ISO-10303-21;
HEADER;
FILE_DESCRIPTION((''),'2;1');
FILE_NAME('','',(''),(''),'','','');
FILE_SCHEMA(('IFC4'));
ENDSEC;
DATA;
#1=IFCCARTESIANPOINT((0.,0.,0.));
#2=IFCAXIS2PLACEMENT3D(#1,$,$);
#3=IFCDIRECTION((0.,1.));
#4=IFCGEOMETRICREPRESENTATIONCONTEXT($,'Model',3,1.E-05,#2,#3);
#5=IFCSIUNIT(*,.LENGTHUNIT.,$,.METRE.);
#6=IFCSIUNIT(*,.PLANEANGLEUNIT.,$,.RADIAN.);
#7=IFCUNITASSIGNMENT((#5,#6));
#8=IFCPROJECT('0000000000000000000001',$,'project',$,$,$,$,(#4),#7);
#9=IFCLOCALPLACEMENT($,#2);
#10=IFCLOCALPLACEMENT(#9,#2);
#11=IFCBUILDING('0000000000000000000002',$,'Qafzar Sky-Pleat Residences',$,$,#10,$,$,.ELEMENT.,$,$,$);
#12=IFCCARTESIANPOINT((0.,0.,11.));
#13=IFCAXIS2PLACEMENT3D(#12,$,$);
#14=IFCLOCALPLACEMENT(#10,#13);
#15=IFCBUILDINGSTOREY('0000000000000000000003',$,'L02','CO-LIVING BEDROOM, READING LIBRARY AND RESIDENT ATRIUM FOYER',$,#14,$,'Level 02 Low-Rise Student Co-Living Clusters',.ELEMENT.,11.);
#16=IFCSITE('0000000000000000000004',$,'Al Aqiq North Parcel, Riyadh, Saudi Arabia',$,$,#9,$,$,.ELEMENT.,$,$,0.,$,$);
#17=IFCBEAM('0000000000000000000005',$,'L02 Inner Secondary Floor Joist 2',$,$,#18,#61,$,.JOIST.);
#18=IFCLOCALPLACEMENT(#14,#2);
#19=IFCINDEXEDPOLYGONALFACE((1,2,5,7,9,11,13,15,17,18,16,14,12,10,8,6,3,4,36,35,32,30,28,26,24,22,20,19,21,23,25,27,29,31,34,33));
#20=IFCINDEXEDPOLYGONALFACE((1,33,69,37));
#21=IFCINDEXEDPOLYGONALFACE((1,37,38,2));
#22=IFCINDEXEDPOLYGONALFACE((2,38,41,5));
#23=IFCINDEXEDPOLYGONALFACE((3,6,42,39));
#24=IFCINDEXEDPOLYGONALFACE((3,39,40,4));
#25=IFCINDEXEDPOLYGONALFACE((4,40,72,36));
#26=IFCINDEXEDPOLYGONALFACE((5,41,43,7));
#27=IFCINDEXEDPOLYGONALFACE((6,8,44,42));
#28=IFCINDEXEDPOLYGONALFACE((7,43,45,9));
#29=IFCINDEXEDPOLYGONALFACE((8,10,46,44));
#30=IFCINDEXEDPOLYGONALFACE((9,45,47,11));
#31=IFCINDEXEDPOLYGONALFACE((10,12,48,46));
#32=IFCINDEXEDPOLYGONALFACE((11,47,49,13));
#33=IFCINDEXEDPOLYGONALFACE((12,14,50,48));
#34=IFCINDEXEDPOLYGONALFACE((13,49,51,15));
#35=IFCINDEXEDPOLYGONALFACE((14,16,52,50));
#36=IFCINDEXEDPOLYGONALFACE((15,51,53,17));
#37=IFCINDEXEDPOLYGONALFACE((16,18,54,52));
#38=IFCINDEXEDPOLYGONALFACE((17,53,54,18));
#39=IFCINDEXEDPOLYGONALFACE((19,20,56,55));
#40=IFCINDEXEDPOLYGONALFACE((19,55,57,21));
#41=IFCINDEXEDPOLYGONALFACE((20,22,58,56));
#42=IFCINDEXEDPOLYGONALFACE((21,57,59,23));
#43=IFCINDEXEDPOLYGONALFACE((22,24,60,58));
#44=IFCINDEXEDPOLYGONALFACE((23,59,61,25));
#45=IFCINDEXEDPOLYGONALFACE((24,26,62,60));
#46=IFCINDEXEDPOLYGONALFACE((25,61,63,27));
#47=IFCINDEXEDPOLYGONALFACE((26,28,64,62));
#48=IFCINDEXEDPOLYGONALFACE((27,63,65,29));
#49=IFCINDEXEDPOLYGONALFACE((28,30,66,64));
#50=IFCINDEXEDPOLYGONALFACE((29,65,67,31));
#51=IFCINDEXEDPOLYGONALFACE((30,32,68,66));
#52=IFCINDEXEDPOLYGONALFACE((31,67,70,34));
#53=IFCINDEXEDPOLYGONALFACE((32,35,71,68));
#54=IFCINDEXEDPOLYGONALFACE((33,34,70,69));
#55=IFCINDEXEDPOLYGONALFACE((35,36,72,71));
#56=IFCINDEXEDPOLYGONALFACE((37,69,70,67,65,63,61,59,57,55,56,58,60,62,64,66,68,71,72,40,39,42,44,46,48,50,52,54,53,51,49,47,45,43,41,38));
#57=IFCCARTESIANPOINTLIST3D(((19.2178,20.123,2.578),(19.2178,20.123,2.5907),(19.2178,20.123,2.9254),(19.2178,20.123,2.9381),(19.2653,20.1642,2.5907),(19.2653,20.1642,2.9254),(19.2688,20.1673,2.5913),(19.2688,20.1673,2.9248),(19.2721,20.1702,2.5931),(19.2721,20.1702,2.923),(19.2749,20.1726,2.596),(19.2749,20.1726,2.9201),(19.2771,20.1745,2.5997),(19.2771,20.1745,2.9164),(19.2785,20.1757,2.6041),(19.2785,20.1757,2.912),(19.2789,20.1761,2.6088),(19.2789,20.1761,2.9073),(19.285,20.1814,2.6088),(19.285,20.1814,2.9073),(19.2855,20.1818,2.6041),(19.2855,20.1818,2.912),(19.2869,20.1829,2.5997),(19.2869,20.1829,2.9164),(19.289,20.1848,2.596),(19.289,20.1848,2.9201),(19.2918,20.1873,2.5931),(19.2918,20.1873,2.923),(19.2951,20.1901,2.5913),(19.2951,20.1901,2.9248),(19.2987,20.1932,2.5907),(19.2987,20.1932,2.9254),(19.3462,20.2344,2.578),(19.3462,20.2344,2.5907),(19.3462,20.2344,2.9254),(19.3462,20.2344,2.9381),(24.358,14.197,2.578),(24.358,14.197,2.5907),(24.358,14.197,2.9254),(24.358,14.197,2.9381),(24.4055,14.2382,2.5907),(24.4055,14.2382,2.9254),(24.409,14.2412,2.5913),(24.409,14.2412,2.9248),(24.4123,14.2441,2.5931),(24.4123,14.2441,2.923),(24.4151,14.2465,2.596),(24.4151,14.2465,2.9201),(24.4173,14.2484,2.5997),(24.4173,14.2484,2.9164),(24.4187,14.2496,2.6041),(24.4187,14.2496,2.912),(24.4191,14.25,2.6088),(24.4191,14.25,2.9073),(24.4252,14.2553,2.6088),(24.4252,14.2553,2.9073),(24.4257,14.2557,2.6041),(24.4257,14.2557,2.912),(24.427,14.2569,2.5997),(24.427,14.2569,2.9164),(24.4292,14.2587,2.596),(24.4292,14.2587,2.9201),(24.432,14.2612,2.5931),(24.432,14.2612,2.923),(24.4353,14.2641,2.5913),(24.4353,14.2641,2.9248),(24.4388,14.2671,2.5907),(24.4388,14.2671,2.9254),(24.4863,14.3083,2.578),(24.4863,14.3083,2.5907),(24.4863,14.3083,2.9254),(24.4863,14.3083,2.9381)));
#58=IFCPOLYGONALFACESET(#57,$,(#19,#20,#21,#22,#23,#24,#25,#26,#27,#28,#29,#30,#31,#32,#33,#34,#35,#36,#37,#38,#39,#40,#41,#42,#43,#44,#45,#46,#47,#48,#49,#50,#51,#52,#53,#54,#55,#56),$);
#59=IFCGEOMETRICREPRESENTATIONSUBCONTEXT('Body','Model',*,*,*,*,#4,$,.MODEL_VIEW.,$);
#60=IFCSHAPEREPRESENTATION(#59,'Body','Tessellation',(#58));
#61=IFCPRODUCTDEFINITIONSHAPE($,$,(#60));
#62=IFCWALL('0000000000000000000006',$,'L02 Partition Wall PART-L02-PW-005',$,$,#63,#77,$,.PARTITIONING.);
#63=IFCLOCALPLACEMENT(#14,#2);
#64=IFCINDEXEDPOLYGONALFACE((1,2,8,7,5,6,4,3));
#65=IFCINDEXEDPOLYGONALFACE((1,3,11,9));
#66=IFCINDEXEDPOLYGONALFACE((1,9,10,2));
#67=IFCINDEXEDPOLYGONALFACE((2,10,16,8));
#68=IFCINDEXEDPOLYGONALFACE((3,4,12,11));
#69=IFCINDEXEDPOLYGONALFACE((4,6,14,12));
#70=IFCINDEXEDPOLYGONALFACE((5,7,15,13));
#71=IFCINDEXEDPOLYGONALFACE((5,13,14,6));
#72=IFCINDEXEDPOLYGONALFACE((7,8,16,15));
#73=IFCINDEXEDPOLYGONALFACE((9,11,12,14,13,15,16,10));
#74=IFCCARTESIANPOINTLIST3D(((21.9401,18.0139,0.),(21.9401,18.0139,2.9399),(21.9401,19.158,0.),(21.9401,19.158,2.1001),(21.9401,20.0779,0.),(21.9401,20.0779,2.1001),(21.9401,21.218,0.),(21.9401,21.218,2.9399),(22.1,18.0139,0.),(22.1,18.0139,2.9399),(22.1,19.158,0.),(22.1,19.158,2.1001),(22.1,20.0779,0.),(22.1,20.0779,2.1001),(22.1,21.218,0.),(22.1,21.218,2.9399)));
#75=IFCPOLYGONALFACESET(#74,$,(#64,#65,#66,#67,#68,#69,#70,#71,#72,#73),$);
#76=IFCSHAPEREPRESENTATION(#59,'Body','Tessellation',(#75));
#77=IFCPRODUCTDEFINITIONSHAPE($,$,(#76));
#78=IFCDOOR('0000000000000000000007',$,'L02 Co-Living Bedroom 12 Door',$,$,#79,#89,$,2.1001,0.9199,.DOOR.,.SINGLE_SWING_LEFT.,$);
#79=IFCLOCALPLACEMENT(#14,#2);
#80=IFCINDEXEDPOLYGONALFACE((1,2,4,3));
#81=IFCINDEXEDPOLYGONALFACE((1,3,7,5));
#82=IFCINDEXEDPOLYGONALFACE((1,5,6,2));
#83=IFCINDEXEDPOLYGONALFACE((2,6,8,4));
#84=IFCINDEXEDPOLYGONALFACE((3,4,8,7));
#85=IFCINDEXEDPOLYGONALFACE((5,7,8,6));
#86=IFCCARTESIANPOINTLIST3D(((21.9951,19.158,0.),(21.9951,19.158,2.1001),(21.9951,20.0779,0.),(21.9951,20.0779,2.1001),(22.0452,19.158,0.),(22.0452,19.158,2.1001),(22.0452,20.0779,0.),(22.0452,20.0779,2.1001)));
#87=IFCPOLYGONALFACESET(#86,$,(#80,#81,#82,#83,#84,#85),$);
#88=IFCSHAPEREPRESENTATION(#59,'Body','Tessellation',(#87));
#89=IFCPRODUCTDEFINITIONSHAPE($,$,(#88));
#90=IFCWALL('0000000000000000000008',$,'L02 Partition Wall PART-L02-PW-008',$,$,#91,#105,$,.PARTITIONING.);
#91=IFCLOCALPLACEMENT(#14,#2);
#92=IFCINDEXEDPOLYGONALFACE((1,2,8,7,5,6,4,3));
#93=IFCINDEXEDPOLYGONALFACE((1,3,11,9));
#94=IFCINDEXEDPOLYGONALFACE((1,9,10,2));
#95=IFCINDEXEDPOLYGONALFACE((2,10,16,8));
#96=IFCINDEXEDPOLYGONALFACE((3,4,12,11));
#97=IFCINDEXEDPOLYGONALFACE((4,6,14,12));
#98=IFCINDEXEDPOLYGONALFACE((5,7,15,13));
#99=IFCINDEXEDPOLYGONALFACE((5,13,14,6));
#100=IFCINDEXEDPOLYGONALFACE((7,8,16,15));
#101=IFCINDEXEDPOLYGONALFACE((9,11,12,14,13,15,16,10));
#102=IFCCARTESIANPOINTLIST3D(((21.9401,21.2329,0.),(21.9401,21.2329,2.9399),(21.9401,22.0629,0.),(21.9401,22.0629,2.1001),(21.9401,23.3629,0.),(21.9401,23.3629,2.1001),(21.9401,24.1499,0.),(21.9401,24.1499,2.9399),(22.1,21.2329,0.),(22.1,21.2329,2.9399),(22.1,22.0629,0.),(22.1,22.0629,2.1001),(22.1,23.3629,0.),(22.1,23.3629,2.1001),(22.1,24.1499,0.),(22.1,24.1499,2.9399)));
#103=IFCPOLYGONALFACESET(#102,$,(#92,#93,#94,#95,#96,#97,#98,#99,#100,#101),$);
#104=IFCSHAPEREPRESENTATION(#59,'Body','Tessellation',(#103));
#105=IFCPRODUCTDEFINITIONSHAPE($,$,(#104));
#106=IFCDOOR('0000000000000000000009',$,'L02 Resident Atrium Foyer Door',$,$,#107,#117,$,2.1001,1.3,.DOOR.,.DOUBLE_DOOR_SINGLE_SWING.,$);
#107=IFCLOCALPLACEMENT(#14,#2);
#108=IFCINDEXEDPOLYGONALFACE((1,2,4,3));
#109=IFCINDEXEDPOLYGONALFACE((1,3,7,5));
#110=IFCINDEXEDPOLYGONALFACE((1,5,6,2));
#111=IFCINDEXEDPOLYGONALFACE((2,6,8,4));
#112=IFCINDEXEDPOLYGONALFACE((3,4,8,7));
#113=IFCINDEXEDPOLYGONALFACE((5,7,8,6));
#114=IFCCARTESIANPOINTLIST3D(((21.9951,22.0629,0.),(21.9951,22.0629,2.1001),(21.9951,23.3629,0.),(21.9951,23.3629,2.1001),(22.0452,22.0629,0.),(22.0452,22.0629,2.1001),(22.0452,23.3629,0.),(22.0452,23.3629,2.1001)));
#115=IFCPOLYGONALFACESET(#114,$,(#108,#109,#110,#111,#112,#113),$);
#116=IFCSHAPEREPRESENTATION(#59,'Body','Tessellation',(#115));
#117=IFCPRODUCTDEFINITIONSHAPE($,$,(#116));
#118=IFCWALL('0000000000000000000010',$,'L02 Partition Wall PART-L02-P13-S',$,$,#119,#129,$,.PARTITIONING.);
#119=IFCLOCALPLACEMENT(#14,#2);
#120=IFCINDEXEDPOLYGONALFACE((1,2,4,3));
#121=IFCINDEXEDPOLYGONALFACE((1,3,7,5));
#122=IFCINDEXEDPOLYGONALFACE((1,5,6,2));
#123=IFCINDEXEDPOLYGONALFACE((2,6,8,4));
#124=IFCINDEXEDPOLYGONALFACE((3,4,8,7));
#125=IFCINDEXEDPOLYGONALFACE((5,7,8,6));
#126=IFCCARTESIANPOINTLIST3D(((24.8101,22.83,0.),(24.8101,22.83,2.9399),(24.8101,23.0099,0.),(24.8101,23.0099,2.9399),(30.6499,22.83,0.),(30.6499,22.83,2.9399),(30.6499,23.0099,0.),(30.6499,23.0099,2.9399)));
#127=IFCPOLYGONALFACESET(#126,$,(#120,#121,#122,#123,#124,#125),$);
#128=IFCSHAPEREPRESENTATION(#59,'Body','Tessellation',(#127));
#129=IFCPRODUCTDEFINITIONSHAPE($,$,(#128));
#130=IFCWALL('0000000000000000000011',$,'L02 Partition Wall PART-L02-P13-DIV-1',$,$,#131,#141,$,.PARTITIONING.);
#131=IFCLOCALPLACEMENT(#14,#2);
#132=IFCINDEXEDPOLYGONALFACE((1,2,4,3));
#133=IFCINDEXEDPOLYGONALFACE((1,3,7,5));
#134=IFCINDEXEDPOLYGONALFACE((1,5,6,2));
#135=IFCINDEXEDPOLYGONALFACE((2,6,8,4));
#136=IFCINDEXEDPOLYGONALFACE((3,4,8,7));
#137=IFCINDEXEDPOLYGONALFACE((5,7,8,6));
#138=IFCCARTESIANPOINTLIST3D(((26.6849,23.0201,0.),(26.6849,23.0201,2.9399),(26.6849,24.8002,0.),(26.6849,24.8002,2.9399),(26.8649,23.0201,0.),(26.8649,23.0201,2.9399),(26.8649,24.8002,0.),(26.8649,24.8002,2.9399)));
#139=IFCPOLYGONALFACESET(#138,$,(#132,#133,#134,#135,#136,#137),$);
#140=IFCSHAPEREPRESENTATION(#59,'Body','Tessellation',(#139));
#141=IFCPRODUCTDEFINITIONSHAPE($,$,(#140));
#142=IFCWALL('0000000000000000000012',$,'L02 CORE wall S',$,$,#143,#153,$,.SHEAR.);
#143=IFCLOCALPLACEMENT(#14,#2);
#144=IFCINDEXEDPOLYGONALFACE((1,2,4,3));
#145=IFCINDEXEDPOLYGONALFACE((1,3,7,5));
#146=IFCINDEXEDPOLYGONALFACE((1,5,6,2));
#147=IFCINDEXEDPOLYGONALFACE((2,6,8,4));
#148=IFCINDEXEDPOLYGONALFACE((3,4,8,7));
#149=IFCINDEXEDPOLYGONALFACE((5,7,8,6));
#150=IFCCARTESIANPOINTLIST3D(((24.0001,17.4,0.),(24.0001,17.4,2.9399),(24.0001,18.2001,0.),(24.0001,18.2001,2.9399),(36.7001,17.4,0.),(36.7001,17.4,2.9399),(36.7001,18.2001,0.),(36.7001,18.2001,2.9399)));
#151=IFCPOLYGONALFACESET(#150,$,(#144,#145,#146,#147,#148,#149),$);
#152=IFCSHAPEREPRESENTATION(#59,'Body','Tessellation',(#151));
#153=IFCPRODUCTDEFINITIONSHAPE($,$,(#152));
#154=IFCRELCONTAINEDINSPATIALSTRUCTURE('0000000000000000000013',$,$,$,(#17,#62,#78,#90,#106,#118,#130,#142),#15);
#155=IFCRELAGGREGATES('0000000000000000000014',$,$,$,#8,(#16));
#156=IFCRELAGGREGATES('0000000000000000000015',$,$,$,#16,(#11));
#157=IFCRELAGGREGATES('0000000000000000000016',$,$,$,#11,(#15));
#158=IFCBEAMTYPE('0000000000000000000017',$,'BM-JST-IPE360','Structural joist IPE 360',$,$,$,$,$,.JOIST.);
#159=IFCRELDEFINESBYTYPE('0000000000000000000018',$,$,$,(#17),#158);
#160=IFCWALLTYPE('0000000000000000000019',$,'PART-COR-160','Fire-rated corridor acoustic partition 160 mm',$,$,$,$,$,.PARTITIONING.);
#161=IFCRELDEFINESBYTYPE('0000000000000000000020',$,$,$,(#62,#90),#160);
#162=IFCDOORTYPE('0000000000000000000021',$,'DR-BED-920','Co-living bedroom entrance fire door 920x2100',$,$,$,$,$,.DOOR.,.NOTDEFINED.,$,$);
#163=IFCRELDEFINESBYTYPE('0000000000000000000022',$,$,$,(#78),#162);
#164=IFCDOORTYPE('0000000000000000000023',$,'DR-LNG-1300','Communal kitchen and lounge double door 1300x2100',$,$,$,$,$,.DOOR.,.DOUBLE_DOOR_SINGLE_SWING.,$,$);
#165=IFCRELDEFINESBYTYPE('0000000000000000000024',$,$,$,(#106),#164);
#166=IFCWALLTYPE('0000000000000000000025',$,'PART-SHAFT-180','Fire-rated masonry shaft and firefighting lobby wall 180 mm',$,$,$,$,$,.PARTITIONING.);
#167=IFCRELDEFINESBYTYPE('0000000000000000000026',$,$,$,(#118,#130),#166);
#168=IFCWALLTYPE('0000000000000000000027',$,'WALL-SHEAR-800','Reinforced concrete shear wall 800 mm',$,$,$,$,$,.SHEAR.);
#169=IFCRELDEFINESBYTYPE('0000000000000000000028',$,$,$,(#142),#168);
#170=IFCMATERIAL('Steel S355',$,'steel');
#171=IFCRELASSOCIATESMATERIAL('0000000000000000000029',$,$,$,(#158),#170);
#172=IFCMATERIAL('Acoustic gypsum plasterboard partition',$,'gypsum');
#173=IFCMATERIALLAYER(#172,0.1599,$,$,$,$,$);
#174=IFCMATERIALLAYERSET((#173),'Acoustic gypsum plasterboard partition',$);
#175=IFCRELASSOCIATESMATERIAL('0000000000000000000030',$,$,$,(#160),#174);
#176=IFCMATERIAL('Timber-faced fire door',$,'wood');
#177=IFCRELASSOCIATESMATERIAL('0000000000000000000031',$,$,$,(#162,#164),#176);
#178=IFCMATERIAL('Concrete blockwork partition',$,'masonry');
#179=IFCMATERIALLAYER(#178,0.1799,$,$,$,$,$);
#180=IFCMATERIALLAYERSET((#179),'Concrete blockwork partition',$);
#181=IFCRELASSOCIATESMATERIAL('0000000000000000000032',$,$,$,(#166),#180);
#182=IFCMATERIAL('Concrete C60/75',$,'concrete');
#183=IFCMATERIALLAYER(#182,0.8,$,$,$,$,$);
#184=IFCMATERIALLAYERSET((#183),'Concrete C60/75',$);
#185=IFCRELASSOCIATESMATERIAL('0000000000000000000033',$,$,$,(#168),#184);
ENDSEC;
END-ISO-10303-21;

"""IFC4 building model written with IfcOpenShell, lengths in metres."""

from ifc_helpers import new_model, si_unit, direction, frame, frame_2d, origin, origin_2d, place, context, subcontext, project, spatial, rectangle, i_section, extrude, source, transform, mapped, material, layer, layer_set, material_profile, profile_set, type_object, element, fill, save


model = new_model("IFC4")

# Units and contexts
model_context = context("Model", 3, precision=1e-05, world=origin(), true_north=direction((0.0, 1.0)))
body_context = subcontext(model_context, "Body", "Model", "MODEL_VIEW")
ifc_project = project(units=[si_unit("LENGTHUNIT", "METRE"), si_unit("PLANEANGLEUNIT", "RADIAN")], contexts=[model_context])

# Site, building, storey
site_placement = place(None, origin())
site = spatial("IfcSite", under=ifc_project, at=site_placement, Name="Al Aqiq North Parcel, Riyadh, Saudi Arabia", CompositionType="ELEMENT", RefElevation=0.0)
building_placement = place(site_placement, origin())
building = spatial("IfcBuilding", under=site, at=building_placement, Name="Qafzar Sky-Pleat Residences", CompositionType="ELEMENT")
storey_placement = place(building_placement, frame((0.0, 0.0, 11.0)))
storey = spatial("IfcBuildingStorey", under=building, at=storey_placement, Name="L02", Description="CO-LIVING BEDROOM, READING LIBRARY AND RESIDENT ATRIUM FOYER", LongName="Level 02 Low-Rise Student Co-Living Clusters", CompositionType="ELEMENT", Elevation=11.0)

# Beam
ifc_material_1 = material(Name="Steel S355", Category="steel")
ifc_material_profile = material_profile(ifc_material_1, i_section(OverallWidth=0.1699, OverallDepth=0.3601, WebThickness=0.0081, FlangeThickness=0.0127, FilletRadius=0.0181, at=origin_2d()), Name="IPE 360")
ifc_profile_set = profile_set([ifc_material_profile], Name="Steel S355")
beam_type = type_object("IfcBeamType", Name="BM-JST-IPE360", Description="Structural joist IPE 360", PredefinedType="JOIST", material=ifc_profile_set)
shared_shape_1 = source(origin(), body_context, "Body", "SweptSolid", [
    extrude(i_section(OverallWidth=0.1699, OverallDepth=0.3601, WebThickness=0.0081, FlangeThickness=0.0127, FilletRadius=0.0181, at=origin_2d()), origin(), (0.0, 0.0, 1.0), 7.8447),
])
beam_placement = place(storey_placement, frame((19.282, 20.1787, 2.7581), z_axis=(0.65524, -0.755421, 0.0), x_axis=(0.755421, 0.65524, 0.0)))
element("IfcBeam", 1, at=beam_placement, inside=storey, type_object=beam_type, Name="L02 Inner Secondary Floor Joist 2", PredefinedType="JOIST", context=body_context, shape_type="MappedRepresentation", body=[
    mapped(shared_shape_1, transform((0.0, 0.0, 0.0), x_axis=(1.0, 0.0, 0.0), y_axis=(0.0, 1.0, 0.0), z_axis=(0.0, 0.0, 1.0), scale=1.0)),
])

# Walls, openings, doors
ifc_material_2 = material(Name="Acoustic gypsum plasterboard partition", Category="gypsum")
ifc_layer_1 = layer(ifc_material_2, 0.1599)
ifc_layer_set_1 = layer_set([ifc_layer_1], Name="Acoustic gypsum plasterboard partition")
wall_type_1 = type_object("IfcWallType", Name="PART-COR-160", Description="Fire-rated corridor acoustic partition 160 mm", PredefinedType="PARTITIONING", material=ifc_layer_set_1)
wall_1_placement = place(storey_placement, frame((22.02, 18.0139, 0.0), z_axis=(0.0, 0.0, 1.0), x_axis=(0.0, 1.0, 0.0)))
wall_1 = element("IfcWall", 2, at=wall_1_placement, inside=storey, type_object=wall_type_1, Name="L02 Partition Wall PART-L02-PW-005", PredefinedType="PARTITIONING", context=body_context, shape_type="SweptSolid", body=[
    extrude(rectangle(XDim=3.2041, YDim=0.1599, at=frame_2d((1.6021, 0.0))), origin(), (0.0, 0.0, 1.0), 2.9399),
])
opening_1_placement = place(wall_1_placement, frame((1.144, 0.0, 0.0)))
opening_1 = element("IfcOpeningElement", 3, at=opening_1_placement, cuts=wall_1, PredefinedType="OPENING", context=body_context, shape_type="SweptSolid", body=[
    extrude(rectangle(XDim=0.9199, YDim=2.1001, at=frame_2d((0.46, 1.05))), frame((0.0, 0.0898, 0.0), z_axis=(0.0, -1.0, 0.0), x_axis=(1.0, 0.0, 0.0)), (0.0, 0.0, 1.0), 0.1799),
])
ifc_material_3 = material(Name="Timber-faced fire door", Category="wood")
door_type_1 = type_object("IfcDoorType", Name="DR-BED-920", Description="Co-living bedroom entrance fire door 920x2100", OperationType="NOTDEFINED", PredefinedType="DOOR", material=ifc_material_3)
shared_shape_2 = source(origin(), body_context, "Body", "SweptSolid", [
    extrude(rectangle(XDim=0.9199, YDim=2.1001, at=frame_2d((0.46, 1.05))), frame((0.0, 0.0249, 0.0), z_axis=(0.0, -1.0, 0.0), x_axis=(1.0, 0.0, 0.0)), (0.0, 0.0, 1.0), 0.05),
])
door_1_placement = place(opening_1_placement, origin())
door_1 = element("IfcDoor", 4, at=door_1_placement, inside=storey, type_object=door_type_1, Name="L02 Co-Living Bedroom 12 Door", OperationType="SINGLE_SWING_LEFT", OverallHeight=2.1001, OverallWidth=0.9199, PredefinedType="DOOR", context=body_context, shape_type="MappedRepresentation", body=[
    mapped(shared_shape_2, transform((0.0, 0.0, 0.0), x_axis=(1.0, 0.0, 0.0), y_axis=(0.0, 1.0, 0.0), z_axis=(0.0, 0.0, 1.0), scale=1.0)),
])
fill(opening_1, door_1)
wall_2_placement = place(storey_placement, frame((22.02, 21.2329, 0.0), z_axis=(0.0, 0.0, 1.0), x_axis=(0.0, 1.0, 0.0)))
wall_2 = element("IfcWall", 5, at=wall_2_placement, inside=storey, type_object=wall_type_1, Name="L02 Partition Wall PART-L02-PW-008", PredefinedType="PARTITIONING", context=body_context, shape_type="SweptSolid", body=[
    extrude(rectangle(XDim=2.917, YDim=0.1599, at=frame_2d((1.4585, 0.0))), origin(), (0.0, 0.0, 1.0), 2.9399),
])
opening_2_placement = place(wall_2_placement, frame((0.8301, 0.0, 0.0)))
opening_2 = element("IfcOpeningElement", 6, at=opening_2_placement, cuts=wall_2, PredefinedType="OPENING", context=body_context, shape_type="SweptSolid", body=[
    extrude(rectangle(XDim=1.3, YDim=2.1001, at=frame_2d((0.6499, 1.05))), frame((0.0, 0.0898, 0.0), z_axis=(0.0, -1.0, 0.0), x_axis=(1.0, 0.0, 0.0)), (0.0, 0.0, 1.0), 0.1799),
])
door_type_2 = type_object("IfcDoorType", Name="DR-LNG-1300", Description="Communal kitchen and lounge double door 1300x2100", OperationType="DOUBLE_DOOR_SINGLE_SWING", PredefinedType="DOOR", material=ifc_material_3)
shared_shape_3 = source(origin(), body_context, "Body", "SweptSolid", [
    extrude(rectangle(XDim=1.3, YDim=2.1001, at=frame_2d((0.6499, 1.05))), frame((0.0, 0.0249, 0.0), z_axis=(0.0, -1.0, 0.0), x_axis=(1.0, 0.0, 0.0)), (0.0, 0.0, 1.0), 0.05),
])
door_2_placement = place(opening_2_placement, origin())
door_2 = element("IfcDoor", 7, at=door_2_placement, inside=storey, type_object=door_type_2, Name="L02 Resident Atrium Foyer Door", OperationType="DOUBLE_DOOR_SINGLE_SWING", OverallHeight=2.1001, OverallWidth=1.3, PredefinedType="DOOR", context=body_context, shape_type="MappedRepresentation", body=[
    mapped(shared_shape_3, transform((0.0, 0.0, 0.0), x_axis=(1.0, 0.0, 0.0), y_axis=(0.0, 1.0, 0.0), z_axis=(0.0, 0.0, 1.0), scale=1.0)),
])
fill(opening_2, door_2)

# Wall
ifc_material_4 = material(Name="Concrete blockwork partition", Category="masonry")
ifc_layer_2 = layer(ifc_material_4, 0.1799)
ifc_layer_set_2 = layer_set([ifc_layer_2], Name="Concrete blockwork partition")
wall_type_2 = type_object("IfcWallType", Name="PART-SHAFT-180", Description="Fire-rated masonry shaft and firefighting lobby wall 180 mm", PredefinedType="PARTITIONING", material=ifc_layer_set_2)
wall_3_placement = place(storey_placement, frame((24.8101, 22.9199, 0.0), z_axis=(0.0, 0.0, 1.0), x_axis=(1.0, 0.0, 0.0)))
element("IfcWall", 8, at=wall_3_placement, inside=storey, type_object=wall_type_2, Name="L02 Partition Wall PART-L02-P13-S", PredefinedType="PARTITIONING", context=body_context, shape_type="SweptSolid", body=[
    extrude(rectangle(XDim=5.8398, YDim=0.1799, at=frame_2d((2.9199, 0.0))), origin(), (0.0, 0.0, 1.0), 2.9399),
])

# Wall
wall_4_placement = place(storey_placement, frame((26.7749, 23.02, 0.0), z_axis=(0.0, 0.0, 1.0), x_axis=(0.0, 1.0, 0.0)))
element("IfcWall", 9, at=wall_4_placement, inside=storey, type_object=wall_type_2, Name="L02 Partition Wall PART-L02-P13-DIV-1", PredefinedType="PARTITIONING", context=body_context, shape_type="SweptSolid", body=[
    extrude(rectangle(XDim=1.78, YDim=0.1799, at=frame_2d((0.8901, 0.0))), origin(), (0.0, 0.0, 1.0), 2.9399),
])

# Shared definitions
ifc_material_5 = material(Name="Concrete C60/75", Category="concrete")

# Wall
ifc_layer_3 = layer(ifc_material_5, 0.8)
ifc_layer_set_3 = layer_set([ifc_layer_3], Name="Concrete C60/75")
wall_type_3 = type_object("IfcWallType", Name="WALL-SHEAR-800", Description="Reinforced concrete shear wall 800 mm", PredefinedType="SHEAR", material=ifc_layer_set_3)
wall_5_placement = place(storey_placement, frame((24.0, 17.8, 0.0), z_axis=(0.0, 0.0, 1.0), x_axis=(1.0, 0.0, 0.0)))
element("IfcWall", 10, at=wall_5_placement, inside=storey, type_object=wall_type_3, Name="L02 CORE wall S", PredefinedType="SHEAR", context=body_context, shape_type="SweptSolid", body=[
    extrude(rectangle(XDim=12.7, YDim=0.8, at=frame_2d((6.3501, 0.0))), origin(), (0.0, 0.0, 1.0), 2.9399),
])

save(model, "model.ifc")
